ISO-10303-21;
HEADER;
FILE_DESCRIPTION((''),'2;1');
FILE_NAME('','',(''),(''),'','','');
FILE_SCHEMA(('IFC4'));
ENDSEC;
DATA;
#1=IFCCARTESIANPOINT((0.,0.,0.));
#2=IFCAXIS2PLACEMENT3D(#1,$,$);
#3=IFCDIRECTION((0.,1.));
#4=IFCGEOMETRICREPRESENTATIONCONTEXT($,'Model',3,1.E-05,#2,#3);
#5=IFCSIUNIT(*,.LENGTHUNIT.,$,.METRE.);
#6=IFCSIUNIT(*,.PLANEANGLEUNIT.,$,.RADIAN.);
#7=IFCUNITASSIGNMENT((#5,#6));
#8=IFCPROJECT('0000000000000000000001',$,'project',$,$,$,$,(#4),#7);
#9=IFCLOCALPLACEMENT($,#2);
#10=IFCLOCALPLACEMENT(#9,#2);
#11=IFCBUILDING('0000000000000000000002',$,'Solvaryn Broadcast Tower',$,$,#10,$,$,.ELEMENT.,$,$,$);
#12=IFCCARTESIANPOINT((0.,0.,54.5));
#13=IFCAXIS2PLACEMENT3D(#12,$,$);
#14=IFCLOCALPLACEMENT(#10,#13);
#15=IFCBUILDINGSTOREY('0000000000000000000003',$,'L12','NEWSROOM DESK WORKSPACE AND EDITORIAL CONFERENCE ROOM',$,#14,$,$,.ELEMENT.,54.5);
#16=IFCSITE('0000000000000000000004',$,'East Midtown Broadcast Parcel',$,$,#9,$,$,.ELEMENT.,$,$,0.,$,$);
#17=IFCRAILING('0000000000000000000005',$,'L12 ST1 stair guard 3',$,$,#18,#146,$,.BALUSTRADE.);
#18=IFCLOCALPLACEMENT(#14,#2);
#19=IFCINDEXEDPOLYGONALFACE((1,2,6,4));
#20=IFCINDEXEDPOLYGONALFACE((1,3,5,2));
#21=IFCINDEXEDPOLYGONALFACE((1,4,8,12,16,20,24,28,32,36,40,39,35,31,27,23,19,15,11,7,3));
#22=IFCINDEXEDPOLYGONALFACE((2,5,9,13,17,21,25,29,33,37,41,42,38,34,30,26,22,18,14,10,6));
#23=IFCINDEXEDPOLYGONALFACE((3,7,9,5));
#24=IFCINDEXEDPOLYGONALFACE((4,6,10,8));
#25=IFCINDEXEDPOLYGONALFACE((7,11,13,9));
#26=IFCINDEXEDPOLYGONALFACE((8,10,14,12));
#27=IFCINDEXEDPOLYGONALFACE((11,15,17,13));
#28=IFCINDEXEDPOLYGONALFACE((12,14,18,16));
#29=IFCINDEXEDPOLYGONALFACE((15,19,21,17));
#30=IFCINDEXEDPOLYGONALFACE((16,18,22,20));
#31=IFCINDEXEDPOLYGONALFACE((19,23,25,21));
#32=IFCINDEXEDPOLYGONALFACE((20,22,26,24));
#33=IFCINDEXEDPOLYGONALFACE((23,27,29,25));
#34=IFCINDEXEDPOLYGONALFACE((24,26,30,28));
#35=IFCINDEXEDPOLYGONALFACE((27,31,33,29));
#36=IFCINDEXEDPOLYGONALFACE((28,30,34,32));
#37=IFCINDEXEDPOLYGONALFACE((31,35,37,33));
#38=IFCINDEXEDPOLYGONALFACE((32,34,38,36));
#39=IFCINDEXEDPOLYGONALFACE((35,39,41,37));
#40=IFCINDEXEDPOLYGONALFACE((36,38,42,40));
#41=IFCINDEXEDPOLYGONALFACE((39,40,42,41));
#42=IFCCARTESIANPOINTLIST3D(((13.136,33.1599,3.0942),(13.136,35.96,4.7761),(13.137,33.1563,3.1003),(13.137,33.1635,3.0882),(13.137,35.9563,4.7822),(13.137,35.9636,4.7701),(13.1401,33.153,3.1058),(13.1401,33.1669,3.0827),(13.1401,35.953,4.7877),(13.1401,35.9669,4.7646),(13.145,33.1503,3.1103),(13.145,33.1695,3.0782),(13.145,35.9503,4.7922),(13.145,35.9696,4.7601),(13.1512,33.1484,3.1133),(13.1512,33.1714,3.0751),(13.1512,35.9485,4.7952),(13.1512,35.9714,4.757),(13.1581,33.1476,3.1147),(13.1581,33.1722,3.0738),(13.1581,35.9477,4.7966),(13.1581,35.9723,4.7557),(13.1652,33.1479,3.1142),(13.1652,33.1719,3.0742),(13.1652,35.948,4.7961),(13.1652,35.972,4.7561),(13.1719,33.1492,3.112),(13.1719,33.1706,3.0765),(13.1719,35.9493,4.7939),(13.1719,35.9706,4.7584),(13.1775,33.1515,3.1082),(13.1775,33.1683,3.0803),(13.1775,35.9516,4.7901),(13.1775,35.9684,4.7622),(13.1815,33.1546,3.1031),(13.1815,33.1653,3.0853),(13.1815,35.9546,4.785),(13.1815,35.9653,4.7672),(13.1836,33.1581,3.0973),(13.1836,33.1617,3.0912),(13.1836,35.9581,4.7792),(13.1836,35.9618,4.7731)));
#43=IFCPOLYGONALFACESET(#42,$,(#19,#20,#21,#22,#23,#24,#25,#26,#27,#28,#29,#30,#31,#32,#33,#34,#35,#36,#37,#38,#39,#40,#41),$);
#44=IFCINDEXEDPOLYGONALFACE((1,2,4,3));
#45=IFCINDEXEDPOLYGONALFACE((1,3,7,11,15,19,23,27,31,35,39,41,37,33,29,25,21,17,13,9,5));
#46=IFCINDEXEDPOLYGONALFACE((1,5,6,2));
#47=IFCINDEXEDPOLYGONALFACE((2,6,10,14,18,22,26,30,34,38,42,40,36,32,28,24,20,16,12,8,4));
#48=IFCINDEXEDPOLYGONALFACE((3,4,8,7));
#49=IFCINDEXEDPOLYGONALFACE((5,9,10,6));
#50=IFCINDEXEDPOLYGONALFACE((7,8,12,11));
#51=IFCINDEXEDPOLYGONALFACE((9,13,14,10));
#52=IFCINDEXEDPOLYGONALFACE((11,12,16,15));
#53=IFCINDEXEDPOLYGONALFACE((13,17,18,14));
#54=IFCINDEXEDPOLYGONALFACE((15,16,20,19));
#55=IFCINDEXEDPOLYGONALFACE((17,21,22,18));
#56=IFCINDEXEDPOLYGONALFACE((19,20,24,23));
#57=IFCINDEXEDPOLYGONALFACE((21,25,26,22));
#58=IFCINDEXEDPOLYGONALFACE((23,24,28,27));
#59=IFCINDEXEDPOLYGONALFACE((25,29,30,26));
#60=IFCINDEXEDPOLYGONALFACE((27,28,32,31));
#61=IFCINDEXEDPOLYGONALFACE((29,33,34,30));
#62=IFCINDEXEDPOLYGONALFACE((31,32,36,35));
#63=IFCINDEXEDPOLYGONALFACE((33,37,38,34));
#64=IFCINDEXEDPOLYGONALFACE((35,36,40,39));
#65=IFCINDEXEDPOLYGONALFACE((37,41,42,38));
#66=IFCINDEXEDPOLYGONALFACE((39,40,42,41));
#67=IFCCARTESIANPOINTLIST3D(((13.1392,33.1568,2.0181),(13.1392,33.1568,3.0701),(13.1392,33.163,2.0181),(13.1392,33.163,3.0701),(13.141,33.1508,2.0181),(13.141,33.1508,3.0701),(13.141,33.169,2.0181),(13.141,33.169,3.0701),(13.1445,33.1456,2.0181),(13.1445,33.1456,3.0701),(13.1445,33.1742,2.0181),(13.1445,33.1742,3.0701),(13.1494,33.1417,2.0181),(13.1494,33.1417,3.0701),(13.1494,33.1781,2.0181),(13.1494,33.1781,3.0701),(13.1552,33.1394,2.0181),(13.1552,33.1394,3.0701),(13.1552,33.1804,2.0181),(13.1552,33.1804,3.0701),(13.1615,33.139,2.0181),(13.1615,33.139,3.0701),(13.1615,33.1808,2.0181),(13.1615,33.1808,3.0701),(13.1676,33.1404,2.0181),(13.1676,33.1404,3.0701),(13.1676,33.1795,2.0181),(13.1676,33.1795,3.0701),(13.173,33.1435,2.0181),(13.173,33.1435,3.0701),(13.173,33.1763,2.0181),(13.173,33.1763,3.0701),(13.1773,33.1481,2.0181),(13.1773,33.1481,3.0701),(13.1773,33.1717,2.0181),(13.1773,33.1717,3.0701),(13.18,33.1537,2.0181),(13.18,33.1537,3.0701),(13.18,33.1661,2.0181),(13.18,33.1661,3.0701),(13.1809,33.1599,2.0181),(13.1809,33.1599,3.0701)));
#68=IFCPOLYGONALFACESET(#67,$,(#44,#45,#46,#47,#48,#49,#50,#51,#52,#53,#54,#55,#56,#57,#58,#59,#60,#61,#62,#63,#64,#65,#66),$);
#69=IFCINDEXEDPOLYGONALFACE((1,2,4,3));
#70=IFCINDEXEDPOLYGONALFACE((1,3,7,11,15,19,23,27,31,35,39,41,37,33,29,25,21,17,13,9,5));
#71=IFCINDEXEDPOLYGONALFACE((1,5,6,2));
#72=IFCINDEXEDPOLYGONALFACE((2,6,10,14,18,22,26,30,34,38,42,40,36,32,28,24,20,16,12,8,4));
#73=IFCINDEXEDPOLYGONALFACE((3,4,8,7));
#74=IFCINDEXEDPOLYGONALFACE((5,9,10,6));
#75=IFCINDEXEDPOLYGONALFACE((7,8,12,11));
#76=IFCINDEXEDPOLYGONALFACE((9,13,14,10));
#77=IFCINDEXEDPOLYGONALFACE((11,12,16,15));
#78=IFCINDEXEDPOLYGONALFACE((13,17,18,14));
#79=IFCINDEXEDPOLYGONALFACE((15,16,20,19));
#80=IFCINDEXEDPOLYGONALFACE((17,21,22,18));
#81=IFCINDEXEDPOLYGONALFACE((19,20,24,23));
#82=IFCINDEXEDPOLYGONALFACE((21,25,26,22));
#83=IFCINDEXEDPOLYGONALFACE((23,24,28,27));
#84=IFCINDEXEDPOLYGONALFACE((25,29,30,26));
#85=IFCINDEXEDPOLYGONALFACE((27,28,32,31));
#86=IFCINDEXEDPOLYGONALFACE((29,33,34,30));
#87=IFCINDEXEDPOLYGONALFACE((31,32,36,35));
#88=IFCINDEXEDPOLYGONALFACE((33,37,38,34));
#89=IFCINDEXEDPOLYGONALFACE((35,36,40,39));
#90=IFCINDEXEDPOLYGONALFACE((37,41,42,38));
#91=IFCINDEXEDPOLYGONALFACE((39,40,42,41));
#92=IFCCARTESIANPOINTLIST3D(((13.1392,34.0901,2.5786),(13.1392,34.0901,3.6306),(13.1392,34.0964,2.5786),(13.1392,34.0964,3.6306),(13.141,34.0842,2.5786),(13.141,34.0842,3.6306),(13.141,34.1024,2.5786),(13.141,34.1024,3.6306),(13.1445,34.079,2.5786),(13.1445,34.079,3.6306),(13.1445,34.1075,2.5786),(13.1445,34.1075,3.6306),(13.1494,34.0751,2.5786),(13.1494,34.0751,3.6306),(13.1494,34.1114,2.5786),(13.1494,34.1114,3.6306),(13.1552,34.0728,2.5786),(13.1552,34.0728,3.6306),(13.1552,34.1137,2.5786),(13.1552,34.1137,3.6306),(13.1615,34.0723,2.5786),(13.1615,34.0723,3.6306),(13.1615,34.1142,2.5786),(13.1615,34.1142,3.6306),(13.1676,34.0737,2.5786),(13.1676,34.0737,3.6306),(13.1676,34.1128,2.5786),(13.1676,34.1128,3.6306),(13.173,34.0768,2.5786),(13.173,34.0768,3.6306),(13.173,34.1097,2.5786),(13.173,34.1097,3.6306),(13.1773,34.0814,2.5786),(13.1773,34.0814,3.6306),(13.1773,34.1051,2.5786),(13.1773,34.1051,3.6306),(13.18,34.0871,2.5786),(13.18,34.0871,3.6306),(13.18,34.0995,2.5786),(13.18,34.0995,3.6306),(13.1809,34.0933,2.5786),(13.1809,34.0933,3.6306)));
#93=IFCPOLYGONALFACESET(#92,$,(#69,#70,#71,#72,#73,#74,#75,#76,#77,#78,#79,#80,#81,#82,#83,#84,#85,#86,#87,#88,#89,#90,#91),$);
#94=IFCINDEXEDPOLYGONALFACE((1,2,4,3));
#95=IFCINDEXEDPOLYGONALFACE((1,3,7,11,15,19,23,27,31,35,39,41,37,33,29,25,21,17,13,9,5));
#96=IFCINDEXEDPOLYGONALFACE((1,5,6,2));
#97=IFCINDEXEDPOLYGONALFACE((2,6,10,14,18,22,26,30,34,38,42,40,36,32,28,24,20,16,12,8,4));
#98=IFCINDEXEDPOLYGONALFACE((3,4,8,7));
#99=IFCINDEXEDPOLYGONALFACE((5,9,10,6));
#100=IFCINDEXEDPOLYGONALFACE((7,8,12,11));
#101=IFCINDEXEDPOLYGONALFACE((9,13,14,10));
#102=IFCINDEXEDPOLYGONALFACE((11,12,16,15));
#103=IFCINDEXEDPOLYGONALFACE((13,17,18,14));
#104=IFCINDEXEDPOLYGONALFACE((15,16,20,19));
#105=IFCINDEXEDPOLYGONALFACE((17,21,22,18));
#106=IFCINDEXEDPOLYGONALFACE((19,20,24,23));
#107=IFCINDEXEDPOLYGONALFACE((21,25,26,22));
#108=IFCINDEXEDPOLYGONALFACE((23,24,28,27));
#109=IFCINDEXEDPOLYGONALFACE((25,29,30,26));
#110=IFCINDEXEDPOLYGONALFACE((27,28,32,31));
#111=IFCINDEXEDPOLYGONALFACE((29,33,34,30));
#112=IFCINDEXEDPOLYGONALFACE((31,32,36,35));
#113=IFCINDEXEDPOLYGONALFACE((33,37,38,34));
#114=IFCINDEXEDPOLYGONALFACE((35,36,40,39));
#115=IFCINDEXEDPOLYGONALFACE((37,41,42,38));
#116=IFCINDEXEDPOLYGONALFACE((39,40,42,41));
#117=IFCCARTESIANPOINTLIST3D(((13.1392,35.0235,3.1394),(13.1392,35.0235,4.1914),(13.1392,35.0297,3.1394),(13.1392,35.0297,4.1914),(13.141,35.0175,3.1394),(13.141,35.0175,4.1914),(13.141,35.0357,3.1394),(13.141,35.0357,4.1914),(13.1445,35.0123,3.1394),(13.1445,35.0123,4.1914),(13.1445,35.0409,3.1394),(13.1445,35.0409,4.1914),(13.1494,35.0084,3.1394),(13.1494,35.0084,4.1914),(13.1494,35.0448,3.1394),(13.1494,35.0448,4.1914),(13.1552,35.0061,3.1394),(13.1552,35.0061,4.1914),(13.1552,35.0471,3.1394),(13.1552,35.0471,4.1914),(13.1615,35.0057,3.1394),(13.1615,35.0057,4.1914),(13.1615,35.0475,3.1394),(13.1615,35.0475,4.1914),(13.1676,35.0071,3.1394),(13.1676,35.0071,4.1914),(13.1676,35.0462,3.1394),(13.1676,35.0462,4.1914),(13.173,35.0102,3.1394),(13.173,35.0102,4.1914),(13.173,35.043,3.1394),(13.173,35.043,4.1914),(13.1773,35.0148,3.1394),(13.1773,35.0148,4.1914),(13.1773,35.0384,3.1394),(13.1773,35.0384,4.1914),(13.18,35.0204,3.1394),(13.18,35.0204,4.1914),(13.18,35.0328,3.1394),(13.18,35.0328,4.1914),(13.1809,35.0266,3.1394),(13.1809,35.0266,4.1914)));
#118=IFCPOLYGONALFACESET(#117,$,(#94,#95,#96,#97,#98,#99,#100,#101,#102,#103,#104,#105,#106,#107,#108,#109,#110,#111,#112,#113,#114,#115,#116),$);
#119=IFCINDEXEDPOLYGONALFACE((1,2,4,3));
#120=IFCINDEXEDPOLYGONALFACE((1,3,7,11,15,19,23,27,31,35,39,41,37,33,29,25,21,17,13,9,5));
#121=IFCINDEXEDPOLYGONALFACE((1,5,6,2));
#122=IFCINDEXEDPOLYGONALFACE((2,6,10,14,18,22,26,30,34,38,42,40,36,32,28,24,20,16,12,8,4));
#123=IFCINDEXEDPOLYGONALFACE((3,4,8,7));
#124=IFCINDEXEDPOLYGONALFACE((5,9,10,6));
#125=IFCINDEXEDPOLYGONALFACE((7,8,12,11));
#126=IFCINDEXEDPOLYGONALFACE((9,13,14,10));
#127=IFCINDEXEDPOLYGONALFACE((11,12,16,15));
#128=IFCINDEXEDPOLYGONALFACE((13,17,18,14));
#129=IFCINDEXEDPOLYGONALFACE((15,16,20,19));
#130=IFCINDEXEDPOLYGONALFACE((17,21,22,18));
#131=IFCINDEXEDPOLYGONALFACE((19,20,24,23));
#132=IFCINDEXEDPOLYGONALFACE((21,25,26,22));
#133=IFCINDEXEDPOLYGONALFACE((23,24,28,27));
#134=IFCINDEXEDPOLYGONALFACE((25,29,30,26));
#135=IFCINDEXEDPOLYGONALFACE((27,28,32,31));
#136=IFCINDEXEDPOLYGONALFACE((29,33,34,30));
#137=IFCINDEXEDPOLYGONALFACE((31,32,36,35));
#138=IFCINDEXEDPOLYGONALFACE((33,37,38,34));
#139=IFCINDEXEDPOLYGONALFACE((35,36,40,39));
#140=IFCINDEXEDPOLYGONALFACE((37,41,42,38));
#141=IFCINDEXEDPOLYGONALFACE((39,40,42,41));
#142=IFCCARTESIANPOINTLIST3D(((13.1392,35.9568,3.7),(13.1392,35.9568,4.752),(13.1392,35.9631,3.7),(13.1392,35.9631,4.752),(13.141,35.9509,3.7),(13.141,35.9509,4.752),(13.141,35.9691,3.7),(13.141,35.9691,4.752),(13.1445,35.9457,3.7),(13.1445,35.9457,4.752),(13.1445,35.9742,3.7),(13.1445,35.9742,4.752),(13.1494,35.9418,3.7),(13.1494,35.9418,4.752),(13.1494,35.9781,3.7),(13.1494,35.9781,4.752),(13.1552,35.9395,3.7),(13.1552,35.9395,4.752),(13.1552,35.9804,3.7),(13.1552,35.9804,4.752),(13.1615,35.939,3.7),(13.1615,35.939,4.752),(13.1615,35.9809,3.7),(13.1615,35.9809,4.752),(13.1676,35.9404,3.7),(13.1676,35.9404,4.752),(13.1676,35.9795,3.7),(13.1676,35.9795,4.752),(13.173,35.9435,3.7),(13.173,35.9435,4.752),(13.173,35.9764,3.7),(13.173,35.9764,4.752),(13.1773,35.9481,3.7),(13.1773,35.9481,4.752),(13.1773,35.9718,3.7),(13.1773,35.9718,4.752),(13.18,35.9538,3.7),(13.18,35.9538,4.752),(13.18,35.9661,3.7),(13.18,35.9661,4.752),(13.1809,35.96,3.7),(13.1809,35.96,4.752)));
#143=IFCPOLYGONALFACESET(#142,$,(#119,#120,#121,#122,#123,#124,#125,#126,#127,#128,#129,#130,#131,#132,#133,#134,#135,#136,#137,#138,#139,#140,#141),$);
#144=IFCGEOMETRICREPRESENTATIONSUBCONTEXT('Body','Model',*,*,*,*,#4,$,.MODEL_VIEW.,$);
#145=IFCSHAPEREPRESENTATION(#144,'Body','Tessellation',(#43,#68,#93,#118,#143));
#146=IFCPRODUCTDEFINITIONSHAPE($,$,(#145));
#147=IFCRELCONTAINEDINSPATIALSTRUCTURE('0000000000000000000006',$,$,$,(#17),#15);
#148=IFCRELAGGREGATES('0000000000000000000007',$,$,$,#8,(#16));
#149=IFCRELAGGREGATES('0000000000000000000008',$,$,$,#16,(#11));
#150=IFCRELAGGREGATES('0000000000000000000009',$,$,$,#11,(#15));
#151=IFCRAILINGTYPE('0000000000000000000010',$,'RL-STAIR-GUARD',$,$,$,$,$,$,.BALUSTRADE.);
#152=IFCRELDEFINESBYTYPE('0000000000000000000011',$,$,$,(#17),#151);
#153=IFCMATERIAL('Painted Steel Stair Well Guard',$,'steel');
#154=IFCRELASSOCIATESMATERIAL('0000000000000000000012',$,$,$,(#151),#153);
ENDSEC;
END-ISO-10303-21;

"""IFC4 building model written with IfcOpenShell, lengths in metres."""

from ifc_helpers import new_model, si_unit, direction, frame, origin, origin_2d, place, context, subcontext, project, spatial, circle, extrude, material, type_object, element, save


model = new_model("IFC4")

# Units and contexts
model_context = context("Model", 3, precision=1e-05, world=origin(), true_north=direction((0.0, 1.0)))
body_context = subcontext(model_context, "Body", "Model", "MODEL_VIEW")
ifc_project = project(units=[si_unit("LENGTHUNIT", "METRE"), si_unit("PLANEANGLEUNIT", "RADIAN")], contexts=[model_context])

# Site, building, storey
site_placement = place(None, origin())
site = spatial("IfcSite", under=ifc_project, at=site_placement, Name="East Midtown Broadcast Parcel", CompositionType="ELEMENT", RefElevation=0.0)
building_placement = place(site_placement, origin())
building = spatial("IfcBuilding", under=site, at=building_placement, Name="Solvaryn Broadcast Tower", CompositionType="ELEMENT")
storey_placement = place(building_placement, frame((0.0, 0.0, 54.5)))
storey = spatial("IfcBuildingStorey", under=building, at=storey_placement, Name="L12", Description="NEWSROOM DESK WORKSPACE AND EDITORIAL CONFERENCE ROOM", CompositionType="ELEMENT", Elevation=54.5)

# Railing
ifc_material_1 = material(Name="Painted Steel Stair Well Guard", Category="steel")
railing_type_1 = type_object("IfcRailingType", Name="RL-STAIR-GUARD", PredefinedType="BALUSTRADE", material=ifc_material_1)
railing_1_placement = place(storey_placement, frame((13.1599, 33.1599, 2.0181)))
element("IfcRailing", 1, at=railing_1_placement, inside=storey, type_object=railing_type_1, Name="L12 ST1 stair guard 3", PredefinedType="BALUSTRADE", context=body_context, shape_type="SweptSolid", body=[
    extrude(circle(Radius=0.0239, at=origin_2d()), frame((0.0, 0.0, 1.0762), z_axis=(0.0, 0.857242, 0.514913), x_axis=(-1.0, 0.0, 0.0)), (0.0, 0.0, 1.0), 3.2664),
    extrude(circle(Radius=0.021, at=origin_2d()), origin(), (0.0, 0.0, 1.0), 1.052),
    extrude(circle(Radius=0.021, at=origin_2d()), frame((0.0, 0.9333, 0.5605)), (0.0, 0.0, 1.0), 1.052),
    extrude(circle(Radius=0.021, at=origin_2d()), frame((0.0, 1.8667, 1.1213)), (0.0, 0.0, 1.0), 1.052),
    extrude(circle(Radius=0.021, at=origin_2d()), frame((0.0, 2.8, 1.6819)), (0.0, 0.0, 1.0), 1.052),
])

save(model, "model.ifc")
